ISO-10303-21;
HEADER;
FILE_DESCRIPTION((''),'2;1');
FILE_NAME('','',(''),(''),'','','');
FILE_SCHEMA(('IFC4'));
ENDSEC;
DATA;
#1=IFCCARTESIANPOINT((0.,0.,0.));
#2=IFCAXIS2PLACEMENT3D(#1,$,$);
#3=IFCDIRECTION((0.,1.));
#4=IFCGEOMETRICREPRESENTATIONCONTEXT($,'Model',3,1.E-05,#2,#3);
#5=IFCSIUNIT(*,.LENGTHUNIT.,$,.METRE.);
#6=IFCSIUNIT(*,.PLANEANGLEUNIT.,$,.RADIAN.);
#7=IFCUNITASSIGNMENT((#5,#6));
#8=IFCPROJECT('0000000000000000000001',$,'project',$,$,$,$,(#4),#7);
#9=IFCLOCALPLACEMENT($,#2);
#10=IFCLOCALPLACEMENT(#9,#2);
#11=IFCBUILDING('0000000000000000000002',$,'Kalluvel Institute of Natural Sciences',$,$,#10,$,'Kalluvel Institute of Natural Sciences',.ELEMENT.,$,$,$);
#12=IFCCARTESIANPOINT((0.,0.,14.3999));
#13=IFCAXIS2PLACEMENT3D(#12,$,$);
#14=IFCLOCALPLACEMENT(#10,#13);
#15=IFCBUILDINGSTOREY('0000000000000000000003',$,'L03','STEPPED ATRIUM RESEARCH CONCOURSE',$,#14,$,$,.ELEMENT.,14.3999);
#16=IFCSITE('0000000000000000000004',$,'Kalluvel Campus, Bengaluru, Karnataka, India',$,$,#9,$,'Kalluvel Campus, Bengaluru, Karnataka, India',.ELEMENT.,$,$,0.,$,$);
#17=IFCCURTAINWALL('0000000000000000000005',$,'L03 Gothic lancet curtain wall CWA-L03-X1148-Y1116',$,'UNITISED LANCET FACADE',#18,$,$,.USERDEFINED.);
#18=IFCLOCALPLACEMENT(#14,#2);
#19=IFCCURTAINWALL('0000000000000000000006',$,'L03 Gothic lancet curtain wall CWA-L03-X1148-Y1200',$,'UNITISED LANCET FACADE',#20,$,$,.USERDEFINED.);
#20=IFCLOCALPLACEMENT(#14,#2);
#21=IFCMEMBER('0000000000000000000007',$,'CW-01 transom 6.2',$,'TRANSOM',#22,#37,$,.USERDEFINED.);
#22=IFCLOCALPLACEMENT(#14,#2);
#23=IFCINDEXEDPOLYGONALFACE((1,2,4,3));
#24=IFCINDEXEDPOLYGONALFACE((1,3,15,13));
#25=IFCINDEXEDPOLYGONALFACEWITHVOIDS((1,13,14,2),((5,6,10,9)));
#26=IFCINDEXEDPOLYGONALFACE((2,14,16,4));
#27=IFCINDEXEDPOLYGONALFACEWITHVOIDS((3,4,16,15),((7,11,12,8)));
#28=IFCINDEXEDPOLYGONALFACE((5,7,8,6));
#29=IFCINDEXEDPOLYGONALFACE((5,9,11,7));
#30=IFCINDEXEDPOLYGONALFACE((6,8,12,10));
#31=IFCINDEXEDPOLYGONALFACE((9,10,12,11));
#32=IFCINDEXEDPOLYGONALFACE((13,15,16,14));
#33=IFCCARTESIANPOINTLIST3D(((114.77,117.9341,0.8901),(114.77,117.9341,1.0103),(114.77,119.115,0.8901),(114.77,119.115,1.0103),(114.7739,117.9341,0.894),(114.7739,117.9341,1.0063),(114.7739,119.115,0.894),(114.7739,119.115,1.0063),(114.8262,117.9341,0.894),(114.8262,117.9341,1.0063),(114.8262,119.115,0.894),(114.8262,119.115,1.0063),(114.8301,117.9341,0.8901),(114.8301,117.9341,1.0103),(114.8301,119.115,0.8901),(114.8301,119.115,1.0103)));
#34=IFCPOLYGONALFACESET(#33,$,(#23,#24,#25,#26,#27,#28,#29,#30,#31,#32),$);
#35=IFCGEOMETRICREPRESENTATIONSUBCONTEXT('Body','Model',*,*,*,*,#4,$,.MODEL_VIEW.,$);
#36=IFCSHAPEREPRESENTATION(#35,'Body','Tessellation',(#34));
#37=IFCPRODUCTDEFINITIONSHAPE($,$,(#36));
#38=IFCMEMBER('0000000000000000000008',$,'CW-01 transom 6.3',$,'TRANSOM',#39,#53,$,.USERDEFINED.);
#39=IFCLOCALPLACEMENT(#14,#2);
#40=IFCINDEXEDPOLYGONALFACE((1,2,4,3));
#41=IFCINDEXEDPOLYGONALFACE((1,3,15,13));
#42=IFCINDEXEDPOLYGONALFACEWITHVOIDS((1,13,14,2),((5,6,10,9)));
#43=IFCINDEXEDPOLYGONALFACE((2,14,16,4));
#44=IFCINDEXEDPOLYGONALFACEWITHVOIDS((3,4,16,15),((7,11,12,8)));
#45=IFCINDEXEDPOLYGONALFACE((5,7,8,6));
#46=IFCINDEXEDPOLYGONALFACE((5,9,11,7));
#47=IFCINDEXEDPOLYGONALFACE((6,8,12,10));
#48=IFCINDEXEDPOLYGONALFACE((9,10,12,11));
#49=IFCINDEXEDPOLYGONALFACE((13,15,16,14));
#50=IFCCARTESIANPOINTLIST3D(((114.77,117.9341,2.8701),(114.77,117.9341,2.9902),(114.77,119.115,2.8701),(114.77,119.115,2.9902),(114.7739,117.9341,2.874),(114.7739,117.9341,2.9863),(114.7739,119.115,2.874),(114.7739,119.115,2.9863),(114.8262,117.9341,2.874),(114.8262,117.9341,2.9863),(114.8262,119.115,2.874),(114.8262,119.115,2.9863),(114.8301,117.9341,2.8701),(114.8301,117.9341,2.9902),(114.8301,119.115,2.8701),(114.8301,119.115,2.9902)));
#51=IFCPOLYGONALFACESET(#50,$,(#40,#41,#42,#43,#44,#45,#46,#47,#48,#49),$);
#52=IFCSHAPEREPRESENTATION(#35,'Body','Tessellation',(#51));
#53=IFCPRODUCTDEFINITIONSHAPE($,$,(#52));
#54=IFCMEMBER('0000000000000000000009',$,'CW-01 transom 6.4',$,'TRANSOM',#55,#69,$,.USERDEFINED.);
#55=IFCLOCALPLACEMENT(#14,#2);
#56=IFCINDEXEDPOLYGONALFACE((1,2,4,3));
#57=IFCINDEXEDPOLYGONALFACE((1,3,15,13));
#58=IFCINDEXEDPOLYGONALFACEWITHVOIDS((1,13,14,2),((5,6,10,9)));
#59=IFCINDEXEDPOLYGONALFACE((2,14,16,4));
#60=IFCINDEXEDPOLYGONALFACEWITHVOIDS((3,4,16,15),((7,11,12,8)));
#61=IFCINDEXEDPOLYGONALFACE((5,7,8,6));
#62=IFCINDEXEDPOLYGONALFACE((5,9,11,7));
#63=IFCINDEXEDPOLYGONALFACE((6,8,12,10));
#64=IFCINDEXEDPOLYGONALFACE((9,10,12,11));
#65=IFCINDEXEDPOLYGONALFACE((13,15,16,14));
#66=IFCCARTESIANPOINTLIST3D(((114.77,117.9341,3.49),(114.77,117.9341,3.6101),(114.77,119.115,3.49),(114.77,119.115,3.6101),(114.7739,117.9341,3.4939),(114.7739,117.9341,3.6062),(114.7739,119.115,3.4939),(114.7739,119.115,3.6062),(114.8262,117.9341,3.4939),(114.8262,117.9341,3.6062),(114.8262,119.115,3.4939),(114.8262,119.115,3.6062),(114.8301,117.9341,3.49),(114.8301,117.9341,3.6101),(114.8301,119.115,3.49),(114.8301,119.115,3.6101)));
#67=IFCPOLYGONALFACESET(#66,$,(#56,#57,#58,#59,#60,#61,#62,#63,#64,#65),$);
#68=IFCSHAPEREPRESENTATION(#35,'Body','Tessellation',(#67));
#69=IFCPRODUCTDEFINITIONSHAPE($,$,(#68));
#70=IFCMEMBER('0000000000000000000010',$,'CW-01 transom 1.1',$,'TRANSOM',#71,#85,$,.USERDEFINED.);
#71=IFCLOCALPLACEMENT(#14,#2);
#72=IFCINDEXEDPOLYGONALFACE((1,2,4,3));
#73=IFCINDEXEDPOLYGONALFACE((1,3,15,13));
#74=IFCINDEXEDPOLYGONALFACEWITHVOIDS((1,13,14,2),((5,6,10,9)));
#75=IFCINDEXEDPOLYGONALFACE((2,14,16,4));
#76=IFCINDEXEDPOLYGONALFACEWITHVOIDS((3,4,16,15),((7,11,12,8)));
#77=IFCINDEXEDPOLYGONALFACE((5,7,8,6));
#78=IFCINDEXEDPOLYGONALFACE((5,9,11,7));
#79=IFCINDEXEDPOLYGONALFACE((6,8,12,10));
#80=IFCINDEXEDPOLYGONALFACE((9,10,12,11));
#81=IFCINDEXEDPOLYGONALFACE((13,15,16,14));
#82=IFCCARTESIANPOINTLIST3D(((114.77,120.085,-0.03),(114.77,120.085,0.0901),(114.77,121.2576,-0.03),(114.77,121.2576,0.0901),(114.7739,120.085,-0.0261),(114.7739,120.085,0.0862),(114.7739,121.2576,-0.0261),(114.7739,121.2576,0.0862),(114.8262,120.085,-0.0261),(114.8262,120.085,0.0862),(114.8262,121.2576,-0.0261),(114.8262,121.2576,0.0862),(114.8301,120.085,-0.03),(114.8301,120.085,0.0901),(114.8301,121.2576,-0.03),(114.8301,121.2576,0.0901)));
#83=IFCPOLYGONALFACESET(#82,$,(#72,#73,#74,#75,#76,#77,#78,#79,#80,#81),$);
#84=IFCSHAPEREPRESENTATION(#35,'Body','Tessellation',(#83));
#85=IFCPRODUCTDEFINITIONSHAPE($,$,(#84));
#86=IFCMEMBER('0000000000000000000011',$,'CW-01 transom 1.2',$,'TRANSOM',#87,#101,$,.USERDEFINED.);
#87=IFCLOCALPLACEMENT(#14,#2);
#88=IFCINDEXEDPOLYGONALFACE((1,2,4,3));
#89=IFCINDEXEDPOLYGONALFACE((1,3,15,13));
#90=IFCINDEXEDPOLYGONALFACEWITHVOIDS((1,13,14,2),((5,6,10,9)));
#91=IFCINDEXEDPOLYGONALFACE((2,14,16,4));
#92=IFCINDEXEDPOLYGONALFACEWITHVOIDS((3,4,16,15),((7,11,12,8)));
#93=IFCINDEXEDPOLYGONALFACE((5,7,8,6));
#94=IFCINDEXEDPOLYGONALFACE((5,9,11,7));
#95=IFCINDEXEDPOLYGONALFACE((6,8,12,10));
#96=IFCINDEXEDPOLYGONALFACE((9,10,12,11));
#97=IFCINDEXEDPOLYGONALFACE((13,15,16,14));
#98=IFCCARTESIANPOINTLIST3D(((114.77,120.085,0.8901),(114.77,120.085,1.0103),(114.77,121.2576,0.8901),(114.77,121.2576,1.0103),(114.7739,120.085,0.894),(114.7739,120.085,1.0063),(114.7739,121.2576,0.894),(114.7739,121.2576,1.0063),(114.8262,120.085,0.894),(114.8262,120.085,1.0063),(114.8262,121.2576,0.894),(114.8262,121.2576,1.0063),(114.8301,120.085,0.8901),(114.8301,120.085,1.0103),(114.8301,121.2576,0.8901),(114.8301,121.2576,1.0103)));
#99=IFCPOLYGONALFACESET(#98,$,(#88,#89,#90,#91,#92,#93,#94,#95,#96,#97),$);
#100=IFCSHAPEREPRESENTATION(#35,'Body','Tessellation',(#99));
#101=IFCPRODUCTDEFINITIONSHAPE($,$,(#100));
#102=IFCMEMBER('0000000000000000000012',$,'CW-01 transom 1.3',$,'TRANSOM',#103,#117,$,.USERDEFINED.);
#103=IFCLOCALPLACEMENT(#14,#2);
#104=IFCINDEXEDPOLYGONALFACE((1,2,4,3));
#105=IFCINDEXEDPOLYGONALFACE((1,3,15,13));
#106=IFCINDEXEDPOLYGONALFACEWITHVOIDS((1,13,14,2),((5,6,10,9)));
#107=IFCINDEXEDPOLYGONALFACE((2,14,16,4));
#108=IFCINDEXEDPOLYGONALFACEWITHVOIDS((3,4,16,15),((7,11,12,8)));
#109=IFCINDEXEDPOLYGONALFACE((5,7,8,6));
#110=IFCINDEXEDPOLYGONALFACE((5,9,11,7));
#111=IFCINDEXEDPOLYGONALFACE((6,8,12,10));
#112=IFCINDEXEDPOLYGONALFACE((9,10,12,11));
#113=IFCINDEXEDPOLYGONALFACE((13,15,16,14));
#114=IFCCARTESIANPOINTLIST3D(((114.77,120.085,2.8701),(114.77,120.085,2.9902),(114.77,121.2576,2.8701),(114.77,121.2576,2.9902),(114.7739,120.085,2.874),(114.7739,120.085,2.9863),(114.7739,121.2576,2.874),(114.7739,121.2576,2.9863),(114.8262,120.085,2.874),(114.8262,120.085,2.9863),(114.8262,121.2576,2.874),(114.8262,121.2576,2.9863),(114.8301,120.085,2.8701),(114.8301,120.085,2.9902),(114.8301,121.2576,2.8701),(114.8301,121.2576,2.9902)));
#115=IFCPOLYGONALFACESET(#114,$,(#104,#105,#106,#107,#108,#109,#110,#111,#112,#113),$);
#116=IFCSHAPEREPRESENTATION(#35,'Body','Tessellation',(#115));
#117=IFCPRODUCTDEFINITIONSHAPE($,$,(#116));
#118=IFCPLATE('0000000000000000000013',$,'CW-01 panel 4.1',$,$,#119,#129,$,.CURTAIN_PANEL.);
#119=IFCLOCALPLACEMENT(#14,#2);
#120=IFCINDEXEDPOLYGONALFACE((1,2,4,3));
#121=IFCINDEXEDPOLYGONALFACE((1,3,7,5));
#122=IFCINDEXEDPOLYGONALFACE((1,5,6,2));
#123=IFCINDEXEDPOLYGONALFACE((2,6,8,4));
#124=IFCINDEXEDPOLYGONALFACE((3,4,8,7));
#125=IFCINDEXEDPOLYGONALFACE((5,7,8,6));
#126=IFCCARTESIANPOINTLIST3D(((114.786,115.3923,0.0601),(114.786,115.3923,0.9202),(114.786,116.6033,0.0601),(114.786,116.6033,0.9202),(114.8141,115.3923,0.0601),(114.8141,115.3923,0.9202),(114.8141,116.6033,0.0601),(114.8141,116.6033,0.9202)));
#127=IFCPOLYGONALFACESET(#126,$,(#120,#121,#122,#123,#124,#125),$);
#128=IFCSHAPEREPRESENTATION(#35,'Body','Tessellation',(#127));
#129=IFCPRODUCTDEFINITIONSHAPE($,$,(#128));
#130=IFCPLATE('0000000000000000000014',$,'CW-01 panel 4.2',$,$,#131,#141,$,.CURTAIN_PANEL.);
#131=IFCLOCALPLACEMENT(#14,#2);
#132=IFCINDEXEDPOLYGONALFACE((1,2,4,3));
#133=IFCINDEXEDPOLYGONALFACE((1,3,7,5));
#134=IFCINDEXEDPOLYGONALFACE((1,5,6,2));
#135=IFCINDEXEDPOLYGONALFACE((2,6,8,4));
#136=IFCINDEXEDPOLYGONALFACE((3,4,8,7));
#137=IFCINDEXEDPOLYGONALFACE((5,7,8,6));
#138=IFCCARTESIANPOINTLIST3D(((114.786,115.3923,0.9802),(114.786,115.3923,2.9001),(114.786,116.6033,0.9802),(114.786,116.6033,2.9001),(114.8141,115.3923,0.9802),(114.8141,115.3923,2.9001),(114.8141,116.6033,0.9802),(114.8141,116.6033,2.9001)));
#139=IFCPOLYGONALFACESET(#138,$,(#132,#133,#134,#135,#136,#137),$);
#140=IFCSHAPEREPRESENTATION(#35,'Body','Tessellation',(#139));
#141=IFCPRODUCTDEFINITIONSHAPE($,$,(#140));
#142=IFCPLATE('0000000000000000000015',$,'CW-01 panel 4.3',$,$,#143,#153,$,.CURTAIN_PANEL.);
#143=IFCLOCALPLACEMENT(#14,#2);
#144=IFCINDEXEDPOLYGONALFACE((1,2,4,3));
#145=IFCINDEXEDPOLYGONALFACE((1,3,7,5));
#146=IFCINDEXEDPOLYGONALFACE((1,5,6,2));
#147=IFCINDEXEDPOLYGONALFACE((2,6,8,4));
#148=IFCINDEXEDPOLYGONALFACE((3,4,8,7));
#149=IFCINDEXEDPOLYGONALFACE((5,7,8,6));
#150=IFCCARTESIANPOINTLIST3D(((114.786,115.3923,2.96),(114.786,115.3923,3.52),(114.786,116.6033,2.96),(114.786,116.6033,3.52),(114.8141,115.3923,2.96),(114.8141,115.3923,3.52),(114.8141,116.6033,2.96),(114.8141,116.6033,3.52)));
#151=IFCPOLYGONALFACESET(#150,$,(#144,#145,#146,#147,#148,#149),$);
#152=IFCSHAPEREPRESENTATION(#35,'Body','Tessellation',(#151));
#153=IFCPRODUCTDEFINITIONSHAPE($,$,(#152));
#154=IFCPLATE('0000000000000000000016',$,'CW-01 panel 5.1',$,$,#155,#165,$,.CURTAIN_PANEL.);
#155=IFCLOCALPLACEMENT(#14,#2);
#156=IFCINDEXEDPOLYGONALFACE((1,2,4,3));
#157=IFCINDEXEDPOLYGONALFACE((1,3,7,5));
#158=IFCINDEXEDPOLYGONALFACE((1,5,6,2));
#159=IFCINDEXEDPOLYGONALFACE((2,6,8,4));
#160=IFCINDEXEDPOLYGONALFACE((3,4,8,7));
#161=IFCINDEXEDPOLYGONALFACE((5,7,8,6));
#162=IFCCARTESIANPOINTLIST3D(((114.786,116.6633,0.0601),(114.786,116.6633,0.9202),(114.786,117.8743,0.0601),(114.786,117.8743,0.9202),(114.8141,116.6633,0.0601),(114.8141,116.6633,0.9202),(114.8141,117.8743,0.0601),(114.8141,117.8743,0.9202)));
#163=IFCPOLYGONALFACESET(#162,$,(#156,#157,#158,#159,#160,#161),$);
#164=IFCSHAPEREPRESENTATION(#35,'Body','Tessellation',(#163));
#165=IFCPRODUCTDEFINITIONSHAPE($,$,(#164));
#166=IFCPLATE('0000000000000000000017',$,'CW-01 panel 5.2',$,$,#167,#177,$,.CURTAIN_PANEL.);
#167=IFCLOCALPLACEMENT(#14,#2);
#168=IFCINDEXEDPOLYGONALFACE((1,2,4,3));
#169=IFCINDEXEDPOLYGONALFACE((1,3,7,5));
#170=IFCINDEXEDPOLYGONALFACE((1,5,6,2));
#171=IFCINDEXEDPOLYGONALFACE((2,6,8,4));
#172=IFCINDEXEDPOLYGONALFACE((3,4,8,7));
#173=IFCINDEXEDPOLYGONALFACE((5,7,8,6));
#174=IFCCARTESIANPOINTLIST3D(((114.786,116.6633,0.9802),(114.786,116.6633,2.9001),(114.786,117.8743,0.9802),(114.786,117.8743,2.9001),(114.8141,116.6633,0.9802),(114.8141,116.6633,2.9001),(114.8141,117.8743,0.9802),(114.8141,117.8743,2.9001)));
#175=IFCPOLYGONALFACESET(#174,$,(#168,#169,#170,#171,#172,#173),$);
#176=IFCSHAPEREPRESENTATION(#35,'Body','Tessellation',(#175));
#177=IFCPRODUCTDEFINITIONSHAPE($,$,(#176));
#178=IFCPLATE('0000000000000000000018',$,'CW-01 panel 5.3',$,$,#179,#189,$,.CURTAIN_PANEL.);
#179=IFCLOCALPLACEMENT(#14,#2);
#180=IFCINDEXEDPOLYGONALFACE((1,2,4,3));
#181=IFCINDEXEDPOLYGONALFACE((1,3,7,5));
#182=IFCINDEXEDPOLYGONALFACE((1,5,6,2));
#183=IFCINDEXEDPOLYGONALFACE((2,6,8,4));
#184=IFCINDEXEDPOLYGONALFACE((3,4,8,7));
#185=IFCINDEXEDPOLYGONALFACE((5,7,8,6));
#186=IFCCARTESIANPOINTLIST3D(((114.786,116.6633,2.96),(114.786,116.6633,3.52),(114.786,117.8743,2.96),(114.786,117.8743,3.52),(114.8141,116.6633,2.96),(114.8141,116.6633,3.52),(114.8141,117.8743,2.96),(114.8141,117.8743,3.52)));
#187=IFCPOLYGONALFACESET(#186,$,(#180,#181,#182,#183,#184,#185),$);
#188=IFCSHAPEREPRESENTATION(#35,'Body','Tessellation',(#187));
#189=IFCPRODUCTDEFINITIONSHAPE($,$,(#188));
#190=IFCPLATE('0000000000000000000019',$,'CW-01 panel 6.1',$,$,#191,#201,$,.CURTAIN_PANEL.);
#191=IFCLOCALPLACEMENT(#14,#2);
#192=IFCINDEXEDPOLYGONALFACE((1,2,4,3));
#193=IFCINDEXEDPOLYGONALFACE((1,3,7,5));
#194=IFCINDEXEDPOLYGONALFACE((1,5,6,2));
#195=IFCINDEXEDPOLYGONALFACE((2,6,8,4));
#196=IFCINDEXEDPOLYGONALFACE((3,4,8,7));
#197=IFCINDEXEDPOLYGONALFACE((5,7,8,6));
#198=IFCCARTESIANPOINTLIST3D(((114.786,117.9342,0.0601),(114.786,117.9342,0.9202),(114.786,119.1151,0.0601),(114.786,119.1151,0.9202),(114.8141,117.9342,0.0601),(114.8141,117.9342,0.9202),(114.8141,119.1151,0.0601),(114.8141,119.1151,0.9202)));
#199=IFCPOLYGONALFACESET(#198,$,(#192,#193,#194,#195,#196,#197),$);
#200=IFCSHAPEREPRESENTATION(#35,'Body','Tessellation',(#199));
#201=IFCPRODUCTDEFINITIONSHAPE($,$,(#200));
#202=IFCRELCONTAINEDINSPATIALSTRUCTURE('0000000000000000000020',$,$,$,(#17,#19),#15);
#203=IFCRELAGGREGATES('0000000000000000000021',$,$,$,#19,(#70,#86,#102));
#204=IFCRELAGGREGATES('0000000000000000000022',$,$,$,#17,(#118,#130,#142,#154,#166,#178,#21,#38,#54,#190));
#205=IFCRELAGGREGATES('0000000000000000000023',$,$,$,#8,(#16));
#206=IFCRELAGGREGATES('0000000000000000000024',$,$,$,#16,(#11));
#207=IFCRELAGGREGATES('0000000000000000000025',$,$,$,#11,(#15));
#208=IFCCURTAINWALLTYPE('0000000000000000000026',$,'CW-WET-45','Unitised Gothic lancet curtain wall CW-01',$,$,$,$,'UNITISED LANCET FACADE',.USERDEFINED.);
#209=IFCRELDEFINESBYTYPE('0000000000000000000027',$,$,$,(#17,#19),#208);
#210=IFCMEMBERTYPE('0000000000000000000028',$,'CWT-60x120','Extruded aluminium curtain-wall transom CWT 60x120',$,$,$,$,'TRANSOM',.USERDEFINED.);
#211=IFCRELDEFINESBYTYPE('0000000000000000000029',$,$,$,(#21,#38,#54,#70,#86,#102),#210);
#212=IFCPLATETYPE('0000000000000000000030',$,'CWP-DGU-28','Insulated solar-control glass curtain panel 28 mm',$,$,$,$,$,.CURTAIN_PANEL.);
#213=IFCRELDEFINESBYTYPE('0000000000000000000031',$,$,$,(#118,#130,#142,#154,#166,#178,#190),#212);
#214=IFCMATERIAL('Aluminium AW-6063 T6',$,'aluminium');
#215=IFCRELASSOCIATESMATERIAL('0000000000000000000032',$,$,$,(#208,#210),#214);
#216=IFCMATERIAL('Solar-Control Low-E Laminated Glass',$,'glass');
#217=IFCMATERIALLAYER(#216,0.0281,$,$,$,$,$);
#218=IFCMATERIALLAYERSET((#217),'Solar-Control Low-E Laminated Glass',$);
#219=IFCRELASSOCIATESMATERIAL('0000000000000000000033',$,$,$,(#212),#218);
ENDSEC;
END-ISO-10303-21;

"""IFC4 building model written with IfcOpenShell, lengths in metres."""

from ifc_helpers import new_model, si_unit, direction, frame, origin, origin_2d, place, context, subcontext, project, spatial, rectangle, hollow_rectangle, extrude, material, layer, layer_set, material_profile, profile_set, type_object, element, aggregate, save


model = new_model("IFC4")

# Units and contexts
model_context = context("Model", 3, precision=1e-05, world=origin(), true_north=direction((0.0, 1.0)))
body_context = subcontext(model_context, "Body", "Model", "MODEL_VIEW")
ifc_project = project(units=[si_unit("LENGTHUNIT", "METRE"), si_unit("PLANEANGLEUNIT", "RADIAN")], contexts=[model_context])

# Site, building, storey
site_placement = place(None, origin())
site = spatial("IfcSite", under=ifc_project, at=site_placement, Name="Kalluvel Campus, Bengaluru, Karnataka, India", LongName="Kalluvel Campus, Bengaluru, Karnataka, India", CompositionType="ELEMENT", RefElevation=0.0)
building_placement = place(site_placement, origin())
building = spatial("IfcBuilding", under=site, at=building_placement, Name="Kalluvel Institute of Natural Sciences", LongName="Kalluvel Institute of Natural Sciences", CompositionType="ELEMENT")
storey_placement = place(building_placement, frame((0.0, 0.0, 14.3999)))
storey = spatial("IfcBuildingStorey", under=building, at=storey_placement, Name="L03", Description="STEPPED ATRIUM RESEARCH CONCOURSE", CompositionType="ELEMENT", Elevation=14.3999)

# Curtain wall
ifc_material_1 = material(Name="Aluminium AW-6063 T6", Category="aluminium")
curtain_wall_type = type_object("IfcCurtainWallType", Name="CW-WET-45", Description="Unitised Gothic lancet curtain wall CW-01", ElementType="UNITISED LANCET FACADE", PredefinedType="USERDEFINED", material=ifc_material_1)
curtain_wall_1_placement = place(storey_placement, origin())
curtain_wall_1 = element("IfcCurtainWall", 1, at=curtain_wall_1_placement, inside=storey, type_object=curtain_wall_type, Name="L03 Gothic lancet curtain wall CWA-L03-X1148-Y1116", ObjectType="UNITISED LANCET FACADE", PredefinedType="USERDEFINED")

# Curtain wall
curtain_wall_2_placement = place(storey_placement, origin())
curtain_wall_2 = element("IfcCurtainWall", 2, at=curtain_wall_2_placement, inside=storey, type_object=curtain_wall_type, Name="L03 Gothic lancet curtain wall CWA-L03-X1148-Y1200", ObjectType="UNITISED LANCET FACADE", PredefinedType="USERDEFINED")

# Members
ifc_material_profile_1 = material_profile(ifc_material_1, hollow_rectangle(XDim=0.0601, YDim=0.1201, WallThickness=0.0039, at=origin_2d()), Name="CWT 60x120")
ifc_profile_set_1 = profile_set([ifc_material_profile_1], Name="Aluminium AW-6063 T6")
member_type_1 = type_object("IfcMemberType", Name="CWT-60x120", Description="Extruded aluminium curtain-wall transom CWT 60x120", ElementType="TRANSOM", PredefinedType="USERDEFINED", material=ifc_profile_set_1)
member_1_placement = place(storey_placement, frame((114.8, 117.9341, 0.9502), z_axis=(0.0, 1.0, 0.0), x_axis=(-1.0, 0.0, 0.0)))
member_1 = element("IfcMember", 3, at=member_1_placement, type_object=member_type_1, Name="CW-01 transom 6.2", ObjectType="TRANSOM", PredefinedType="USERDEFINED", context=body_context, shape_type="SweptSolid", body=[
    extrude(hollow_rectangle(XDim=0.0601, YDim=0.1201, WallThickness=0.0039, at=origin_2d()), origin(), (0.0, 0.0, 1.0), 1.1809),
])
member_2_placement = place(storey_placement, frame((114.8, 117.9341, 2.9302), z_axis=(0.0, 1.0, 0.0), x_axis=(-1.0, 0.0, 0.0)))
member_2 = element("IfcMember", 4, at=member_2_placement, type_object=member_type_1, Name="CW-01 transom 6.3", ObjectType="TRANSOM", PredefinedType="USERDEFINED", context=body_context, shape_type="SweptSolid", body=[
    extrude(hollow_rectangle(XDim=0.0601, YDim=0.1201, WallThickness=0.0039, at=origin_2d()), origin(), (0.0, 0.0, 1.0), 1.1809),
])
member_3_placement = place(storey_placement, frame((114.8, 117.9341, 3.55), z_axis=(0.0, 1.0, 0.0), x_axis=(-1.0, 0.0, 0.0)))
member_3 = element("IfcMember", 5, at=member_3_placement, type_object=member_type_1, Name="CW-01 transom 6.4", ObjectType="TRANSOM", PredefinedType="USERDEFINED", context=body_context, shape_type="SweptSolid", body=[
    extrude(hollow_rectangle(XDim=0.0601, YDim=0.1201, WallThickness=0.0039, at=origin_2d()), origin(), (0.0, 0.0, 1.0), 1.1809),
])
member_4_placement = place(storey_placement, frame((114.8, 120.085, 0.03), z_axis=(0.0, 1.0, 0.0), x_axis=(-1.0, 0.0, 0.0)))
member_4 = element("IfcMember", 6, at=member_4_placement, type_object=member_type_1, Name="CW-01 transom 1.1", ObjectType="TRANSOM", PredefinedType="USERDEFINED", context=body_context, shape_type="SweptSolid", body=[
    extrude(hollow_rectangle(XDim=0.0601, YDim=0.1201, WallThickness=0.0039, at=origin_2d()), origin(), (0.0, 0.0, 1.0), 1.1726),
])
member_5_placement = place(storey_placement, frame((114.8, 120.085, 0.9502), z_axis=(0.0, 1.0, 0.0), x_axis=(-1.0, 0.0, 0.0)))
member_5 = element("IfcMember", 7, at=member_5_placement, type_object=member_type_1, Name="CW-01 transom 1.2", ObjectType="TRANSOM", PredefinedType="USERDEFINED", context=body_context, shape_type="SweptSolid", body=[
    extrude(hollow_rectangle(XDim=0.0601, YDim=0.1201, WallThickness=0.0039, at=origin_2d()), origin(), (0.0, 0.0, 1.0), 1.1726),
])
member_6_placement = place(storey_placement, frame((114.8, 120.085, 2.9302), z_axis=(0.0, 1.0, 0.0), x_axis=(-1.0, 0.0, 0.0)))
member_6 = element("IfcMember", 8, at=member_6_placement, type_object=member_type_1, Name="CW-01 transom 1.3", ObjectType="TRANSOM", PredefinedType="USERDEFINED", context=body_context, shape_type="SweptSolid", body=[
    extrude(hollow_rectangle(XDim=0.0601, YDim=0.1201, WallThickness=0.0039, at=origin_2d()), origin(), (0.0, 0.0, 1.0), 1.1726),
])
aggregate(curtain_wall_2, [member_4, member_5, member_6])

# Plates
ifc_material_2 = material(Name="Solar-Control Low-E Laminated Glass", Category="glass")
ifc_layer = layer(ifc_material_2, 0.0281)
ifc_layer_set = layer_set([ifc_layer], Name="Solar-Control Low-E Laminated Glass")
plate_type = type_object("IfcPlateType", Name="CWP-DGU-28", Description="Insulated solar-control glass curtain panel 28 mm", PredefinedType="CURTAIN_PANEL", material=ifc_layer_set)
plate_1_placement = place(storey_placement, frame((114.8, 115.9978, 0.0601), z_axis=(0.0, 0.0, 1.0), x_axis=(0.0, 1.0, 0.0)))
plate_1 = element("IfcPlate", 9, at=plate_1_placement, type_object=plate_type, Name="CW-01 panel 4.1", PredefinedType="CURTAIN_PANEL", context=body_context, shape_type="SweptSolid", body=[
    extrude(rectangle(XDim=1.2109, YDim=0.0281, at=origin_2d()), origin(), (0.0, 0.0, 1.0), 0.8601),
])
plate_2_placement = place(storey_placement, frame((114.8, 115.9978, 0.9802), z_axis=(0.0, 0.0, 1.0), x_axis=(0.0, 1.0, 0.0)))
plate_2 = element("IfcPlate", 10, at=plate_2_placement, type_object=plate_type, Name="CW-01 panel 4.2", PredefinedType="CURTAIN_PANEL", context=body_context, shape_type="SweptSolid", body=[
    extrude(rectangle(XDim=1.2109, YDim=0.0281, at=origin_2d()), origin(), (0.0, 0.0, 1.0), 1.9199),
])
plate_3_placement = place(storey_placement, frame((114.8, 115.9978, 2.96), z_axis=(0.0, 0.0, 1.0), x_axis=(0.0, 1.0, 0.0)))
plate_3 = element("IfcPlate", 11, at=plate_3_placement, type_object=plate_type, Name="CW-01 panel 4.3", PredefinedType="CURTAIN_PANEL", context=body_context, shape_type="SweptSolid", body=[
    extrude(rectangle(XDim=1.2109, YDim=0.0281, at=origin_2d()), origin(), (0.0, 0.0, 1.0), 0.5601),
])
plate_4_placement = place(storey_placement, frame((114.8, 117.2688, 0.0601), z_axis=(0.0, 0.0, 1.0), x_axis=(0.0, 1.0, 0.0)))
plate_4 = element("IfcPlate", 12, at=plate_4_placement, type_object=plate_type, Name="CW-01 panel 5.1", PredefinedType="CURTAIN_PANEL", context=body_context, shape_type="SweptSolid", body=[
    extrude(rectangle(XDim=1.2109, YDim=0.0281, at=origin_2d()), origin(), (0.0, 0.0, 1.0), 0.8601),
])
plate_5_placement = place(storey_placement, frame((114.8, 117.2688, 0.9802), z_axis=(0.0, 0.0, 1.0), x_axis=(0.0, 1.0, 0.0)))
plate_5 = element("IfcPlate", 13, at=plate_5_placement, type_object=plate_type, Name="CW-01 panel 5.2", PredefinedType="CURTAIN_PANEL", context=body_context, shape_type="SweptSolid", body=[
    extrude(rectangle(XDim=1.2109, YDim=0.0281, at=origin_2d()), origin(), (0.0, 0.0, 1.0), 1.9199),
])
plate_6_placement = place(storey_placement, frame((114.8, 117.2688, 2.96), z_axis=(0.0, 0.0, 1.0), x_axis=(0.0, 1.0, 0.0)))
plate_6 = element("IfcPlate", 14, at=plate_6_placement, type_object=plate_type, Name="CW-01 panel 5.3", PredefinedType="CURTAIN_PANEL", context=body_context, shape_type="SweptSolid", body=[
    extrude(rectangle(XDim=1.2109, YDim=0.0281, at=origin_2d()), origin(), (0.0, 0.0, 1.0), 0.5601),
])
plate_7_placement = place(storey_placement, frame((114.8, 118.5247, 0.0601), z_axis=(0.0, 0.0, 1.0), x_axis=(0.0, 1.0, 0.0)))
plate_7 = element("IfcPlate", 15, at=plate_7_placement, type_object=plate_type, Name="CW-01 panel 6.1", PredefinedType="CURTAIN_PANEL", context=body_context, shape_type="SweptSolid", body=[
    extrude(rectangle(XDim=1.1809, YDim=0.0281, at=origin_2d()), origin(), (0.0, 0.0, 1.0), 0.8601),
])
aggregate(curtain_wall_1, [plate_1, plate_2, plate_3, plate_4, plate_5, plate_6, member_1, member_2, member_3, plate_7])

save(model, "model.ifc")
